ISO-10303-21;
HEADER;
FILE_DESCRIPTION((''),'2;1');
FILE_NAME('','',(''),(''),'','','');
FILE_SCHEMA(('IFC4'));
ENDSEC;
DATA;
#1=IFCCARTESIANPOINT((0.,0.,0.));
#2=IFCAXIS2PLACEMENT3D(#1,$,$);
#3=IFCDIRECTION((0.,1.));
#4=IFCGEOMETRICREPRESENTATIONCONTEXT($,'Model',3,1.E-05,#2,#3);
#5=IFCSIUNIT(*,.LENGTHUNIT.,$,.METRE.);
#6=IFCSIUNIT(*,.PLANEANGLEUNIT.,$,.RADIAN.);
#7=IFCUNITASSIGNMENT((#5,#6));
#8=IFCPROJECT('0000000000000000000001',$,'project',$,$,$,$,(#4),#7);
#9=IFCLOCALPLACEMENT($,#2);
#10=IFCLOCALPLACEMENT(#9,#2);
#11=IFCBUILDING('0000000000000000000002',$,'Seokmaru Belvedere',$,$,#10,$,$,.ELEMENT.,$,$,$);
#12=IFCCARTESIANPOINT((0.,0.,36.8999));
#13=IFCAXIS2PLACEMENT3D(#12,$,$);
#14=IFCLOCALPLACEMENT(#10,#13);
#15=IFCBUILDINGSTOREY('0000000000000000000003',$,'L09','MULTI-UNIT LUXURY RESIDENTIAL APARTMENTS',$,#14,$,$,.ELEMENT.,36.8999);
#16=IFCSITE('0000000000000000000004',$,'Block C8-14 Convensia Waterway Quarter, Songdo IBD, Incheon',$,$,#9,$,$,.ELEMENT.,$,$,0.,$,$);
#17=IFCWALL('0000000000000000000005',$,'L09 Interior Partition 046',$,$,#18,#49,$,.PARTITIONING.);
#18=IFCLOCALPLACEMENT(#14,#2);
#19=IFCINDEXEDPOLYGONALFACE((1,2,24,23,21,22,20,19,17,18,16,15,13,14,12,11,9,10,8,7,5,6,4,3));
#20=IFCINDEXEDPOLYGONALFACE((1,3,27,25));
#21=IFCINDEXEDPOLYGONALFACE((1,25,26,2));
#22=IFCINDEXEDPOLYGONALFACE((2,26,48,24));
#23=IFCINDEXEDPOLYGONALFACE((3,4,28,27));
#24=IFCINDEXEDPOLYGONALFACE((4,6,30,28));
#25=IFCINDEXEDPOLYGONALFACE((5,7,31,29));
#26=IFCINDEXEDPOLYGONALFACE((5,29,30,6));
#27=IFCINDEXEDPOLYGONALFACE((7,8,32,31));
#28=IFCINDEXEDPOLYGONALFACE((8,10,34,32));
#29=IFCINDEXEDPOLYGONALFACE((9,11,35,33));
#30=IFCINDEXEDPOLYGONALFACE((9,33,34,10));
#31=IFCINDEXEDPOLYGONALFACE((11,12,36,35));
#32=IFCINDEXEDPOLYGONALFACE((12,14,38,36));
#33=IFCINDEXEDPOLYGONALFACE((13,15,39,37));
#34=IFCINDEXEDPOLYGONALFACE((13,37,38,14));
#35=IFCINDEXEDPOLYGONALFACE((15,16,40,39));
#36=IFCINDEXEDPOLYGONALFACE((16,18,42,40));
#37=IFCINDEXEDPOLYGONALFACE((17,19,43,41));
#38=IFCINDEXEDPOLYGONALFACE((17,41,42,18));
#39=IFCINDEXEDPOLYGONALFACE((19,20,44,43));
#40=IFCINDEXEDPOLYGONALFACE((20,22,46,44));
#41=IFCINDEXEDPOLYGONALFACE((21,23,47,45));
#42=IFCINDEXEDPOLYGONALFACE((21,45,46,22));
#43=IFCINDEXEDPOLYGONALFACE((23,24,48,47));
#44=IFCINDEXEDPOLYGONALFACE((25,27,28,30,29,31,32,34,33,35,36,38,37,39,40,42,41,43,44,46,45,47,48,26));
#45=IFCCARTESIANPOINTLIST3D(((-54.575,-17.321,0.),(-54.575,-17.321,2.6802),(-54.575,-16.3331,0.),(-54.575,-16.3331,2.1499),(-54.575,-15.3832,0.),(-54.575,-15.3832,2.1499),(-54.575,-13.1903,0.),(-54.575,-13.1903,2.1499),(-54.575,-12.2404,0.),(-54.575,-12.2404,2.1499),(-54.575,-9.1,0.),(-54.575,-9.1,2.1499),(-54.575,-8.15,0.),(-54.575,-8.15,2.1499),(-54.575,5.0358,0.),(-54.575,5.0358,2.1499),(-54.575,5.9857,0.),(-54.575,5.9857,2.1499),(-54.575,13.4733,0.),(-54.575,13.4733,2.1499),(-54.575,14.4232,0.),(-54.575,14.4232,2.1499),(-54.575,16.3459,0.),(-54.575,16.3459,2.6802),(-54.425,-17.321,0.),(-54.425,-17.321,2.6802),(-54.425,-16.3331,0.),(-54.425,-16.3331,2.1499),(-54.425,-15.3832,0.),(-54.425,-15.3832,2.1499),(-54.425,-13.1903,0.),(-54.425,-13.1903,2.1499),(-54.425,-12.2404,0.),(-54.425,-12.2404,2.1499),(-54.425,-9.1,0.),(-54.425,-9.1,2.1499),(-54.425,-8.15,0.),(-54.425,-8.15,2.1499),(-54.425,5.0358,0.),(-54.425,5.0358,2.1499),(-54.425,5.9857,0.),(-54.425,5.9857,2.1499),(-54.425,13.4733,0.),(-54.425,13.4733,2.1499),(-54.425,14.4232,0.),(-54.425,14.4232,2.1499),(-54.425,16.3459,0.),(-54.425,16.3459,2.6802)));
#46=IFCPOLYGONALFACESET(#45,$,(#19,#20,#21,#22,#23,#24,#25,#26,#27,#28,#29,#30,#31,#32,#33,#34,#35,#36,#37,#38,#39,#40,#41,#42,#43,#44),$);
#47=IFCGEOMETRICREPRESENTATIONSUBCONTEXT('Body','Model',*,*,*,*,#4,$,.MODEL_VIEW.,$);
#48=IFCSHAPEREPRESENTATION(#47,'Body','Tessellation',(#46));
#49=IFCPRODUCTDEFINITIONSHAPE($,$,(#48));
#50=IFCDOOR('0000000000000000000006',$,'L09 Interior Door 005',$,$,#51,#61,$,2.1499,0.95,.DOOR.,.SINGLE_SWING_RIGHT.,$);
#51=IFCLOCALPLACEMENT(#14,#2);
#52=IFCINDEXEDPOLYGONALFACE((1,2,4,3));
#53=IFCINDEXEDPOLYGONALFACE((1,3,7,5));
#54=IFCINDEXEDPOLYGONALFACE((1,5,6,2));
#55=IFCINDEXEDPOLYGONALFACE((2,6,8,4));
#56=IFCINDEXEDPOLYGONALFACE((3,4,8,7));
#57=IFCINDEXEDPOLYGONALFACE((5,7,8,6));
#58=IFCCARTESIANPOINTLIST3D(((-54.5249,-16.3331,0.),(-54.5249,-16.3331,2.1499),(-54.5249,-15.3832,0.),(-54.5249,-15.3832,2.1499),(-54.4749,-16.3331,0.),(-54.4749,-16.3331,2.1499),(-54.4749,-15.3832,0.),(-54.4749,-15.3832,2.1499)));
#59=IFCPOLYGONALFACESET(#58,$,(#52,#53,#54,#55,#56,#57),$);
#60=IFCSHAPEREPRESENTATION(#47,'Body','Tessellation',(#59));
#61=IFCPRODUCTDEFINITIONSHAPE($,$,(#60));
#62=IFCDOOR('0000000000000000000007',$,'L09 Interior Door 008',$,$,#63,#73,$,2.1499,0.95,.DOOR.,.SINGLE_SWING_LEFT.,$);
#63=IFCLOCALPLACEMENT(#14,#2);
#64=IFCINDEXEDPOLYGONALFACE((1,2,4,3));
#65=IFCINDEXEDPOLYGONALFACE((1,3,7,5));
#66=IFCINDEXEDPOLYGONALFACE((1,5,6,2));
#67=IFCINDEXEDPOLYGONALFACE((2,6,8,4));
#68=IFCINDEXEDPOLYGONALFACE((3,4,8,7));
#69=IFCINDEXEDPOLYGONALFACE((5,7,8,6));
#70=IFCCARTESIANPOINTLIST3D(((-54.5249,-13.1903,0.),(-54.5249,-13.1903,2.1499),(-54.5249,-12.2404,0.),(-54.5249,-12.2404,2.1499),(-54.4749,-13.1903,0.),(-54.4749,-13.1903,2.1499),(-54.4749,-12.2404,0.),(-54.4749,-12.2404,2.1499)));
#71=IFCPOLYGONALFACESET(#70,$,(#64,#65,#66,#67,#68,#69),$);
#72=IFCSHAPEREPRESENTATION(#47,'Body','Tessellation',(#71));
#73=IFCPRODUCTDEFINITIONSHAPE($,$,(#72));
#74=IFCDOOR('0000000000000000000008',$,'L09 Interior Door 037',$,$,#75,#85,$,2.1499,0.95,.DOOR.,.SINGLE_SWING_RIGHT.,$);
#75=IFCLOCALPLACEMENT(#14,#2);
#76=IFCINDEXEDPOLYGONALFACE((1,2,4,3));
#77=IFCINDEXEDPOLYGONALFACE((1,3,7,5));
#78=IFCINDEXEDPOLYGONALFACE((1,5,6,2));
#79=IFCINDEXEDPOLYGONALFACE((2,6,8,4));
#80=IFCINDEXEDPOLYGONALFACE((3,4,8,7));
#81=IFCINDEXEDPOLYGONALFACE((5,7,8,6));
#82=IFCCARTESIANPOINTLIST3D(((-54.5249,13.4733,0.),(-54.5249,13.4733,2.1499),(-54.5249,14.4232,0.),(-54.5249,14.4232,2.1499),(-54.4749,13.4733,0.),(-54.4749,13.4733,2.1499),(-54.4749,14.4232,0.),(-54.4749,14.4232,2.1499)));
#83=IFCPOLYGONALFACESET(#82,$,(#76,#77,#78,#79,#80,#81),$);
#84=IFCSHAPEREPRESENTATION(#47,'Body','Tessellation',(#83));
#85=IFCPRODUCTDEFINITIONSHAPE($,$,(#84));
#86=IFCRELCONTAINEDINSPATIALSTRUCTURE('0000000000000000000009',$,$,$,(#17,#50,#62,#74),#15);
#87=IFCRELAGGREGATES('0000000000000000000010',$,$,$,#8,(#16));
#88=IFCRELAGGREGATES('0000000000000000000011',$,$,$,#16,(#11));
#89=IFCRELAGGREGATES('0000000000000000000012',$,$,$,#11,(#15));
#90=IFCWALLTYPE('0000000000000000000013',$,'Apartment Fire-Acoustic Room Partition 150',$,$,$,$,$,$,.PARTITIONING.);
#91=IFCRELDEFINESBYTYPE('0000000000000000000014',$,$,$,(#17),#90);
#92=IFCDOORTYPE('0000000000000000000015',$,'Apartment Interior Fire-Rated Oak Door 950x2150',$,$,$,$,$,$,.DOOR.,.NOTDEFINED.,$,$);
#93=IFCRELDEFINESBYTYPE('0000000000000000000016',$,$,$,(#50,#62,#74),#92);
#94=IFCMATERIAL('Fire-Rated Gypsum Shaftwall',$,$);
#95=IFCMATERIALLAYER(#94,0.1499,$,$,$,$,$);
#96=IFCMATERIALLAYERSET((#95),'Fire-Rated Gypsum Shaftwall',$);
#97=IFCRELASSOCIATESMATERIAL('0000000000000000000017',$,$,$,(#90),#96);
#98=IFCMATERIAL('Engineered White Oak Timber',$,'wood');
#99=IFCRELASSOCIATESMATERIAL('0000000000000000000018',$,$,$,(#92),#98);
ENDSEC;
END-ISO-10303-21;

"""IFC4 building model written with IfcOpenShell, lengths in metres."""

from ifc_helpers import new_model, si_unit, direction, frame, frame_2d, origin, place, context, subcontext, project, spatial, rectangle, extrude, source, transform, mapped, material, layer, layer_set, type_object, type_shapes, element, fill, save


model = new_model("IFC4")

# Units and contexts
model_context = context("Model", 3, precision=1e-05, world=origin(), true_north=direction((0.0, 1.0)))
body_context = subcontext(model_context, "Body", "Model", "MODEL_VIEW")
ifc_project = project(units=[si_unit("LENGTHUNIT", "METRE"), si_unit("PLANEANGLEUNIT", "RADIAN")], contexts=[model_context])

# Site, building, storey
site_placement = place(None, origin())
site = spatial("IfcSite", under=ifc_project, at=site_placement, Name="Block C8-14 Convensia Waterway Quarter, Songdo IBD, Incheon", CompositionType="ELEMENT", RefElevation=0.0)
building_placement = place(site_placement, origin())
building = spatial("IfcBuilding", under=site, at=building_placement, Name="Seokmaru Belvedere", CompositionType="ELEMENT")
storey_placement = place(building_placement, frame((0.0, 0.0, 36.8999)))
storey = spatial("IfcBuildingStorey", under=building, at=storey_placement, Name="L09", Description="MULTI-UNIT LUXURY RESIDENTIAL APARTMENTS", CompositionType="ELEMENT", Elevation=36.8999)

# Shared definitions
ifc_material_1 = material(Name="Fire-Rated Gypsum Shaftwall")
ifc_layer_1 = layer(ifc_material_1, 0.1499)
ifc_layer_set_1 = layer_set([ifc_layer_1], Name="Fire-Rated Gypsum Shaftwall")
wall_type = type_object("IfcWallType", Name="Apartment Fire-Acoustic Room Partition 150", PredefinedType="PARTITIONING", material=ifc_layer_set_1)
ifc_material_2 = material(Name="Engineered White Oak Timber", Category="wood")
door_type = type_object("IfcDoorType", Name="Apartment Interior Fire-Rated Oak Door 950x2150", OperationType="NOTDEFINED", PredefinedType="DOOR", material=ifc_material_2)
shared_shape_1 = source(origin(), body_context, "Body", "SweptSolid", [
    extrude(rectangle(XDim=0.95, YDim=2.1499, at=frame_2d((0.4751, 1.075))), frame((0.0, 0.0249, 0.0), z_axis=(0.0, -1.0, 0.0), x_axis=(1.0, 0.0, 0.0)), (0.0, 0.0, 1.0), 0.05),
])
type_shapes(door_type, [shared_shape_1])

# Wall, openings, doors
wall_1_placement = place(storey_placement, frame((-54.5, -17.321, 0.0), z_axis=(0.0, 0.0, 1.0), x_axis=(0.0, 1.0, 0.0)))
wall_1 = element("IfcWall", 1, at=wall_1_placement, inside=storey, type_object=wall_type, Name="L09 Interior Partition 046", PredefinedType="PARTITIONING", context=body_context, shape_type="SweptSolid", body=[
    extrude(rectangle(XDim=33.667, YDim=0.1499, at=frame_2d((16.8335, 0.0))), origin(), (0.0, 0.0, 1.0), 2.6802),
])
opening_1_placement = place(wall_1_placement, frame((0.9878, 0.0, 0.0)))
opening_1 = element("IfcOpeningElement", 2, at=opening_1_placement, cuts=wall_1, PredefinedType="OPENING", context=body_context, shape_type="SweptSolid", body=[
    extrude(rectangle(XDim=0.95, YDim=2.1499, at=frame_2d((0.4751, 1.075))), frame((0.0, 0.085, 0.0), z_axis=(0.0, -1.0, 0.0), x_axis=(1.0, 0.0, 0.0)), (0.0, 0.0, 1.0), 0.1699),
])
opening_2_placement = place(wall_1_placement, frame((4.1306, 0.0, 0.0)))
opening_2 = element("IfcOpeningElement", 3, at=opening_2_placement, cuts=wall_1, PredefinedType="OPENING", context=body_context, shape_type="SweptSolid", body=[
    extrude(rectangle(XDim=0.95, YDim=2.1499, at=frame_2d((0.4751, 1.075))), frame((0.0, 0.085, 0.0), z_axis=(0.0, -1.0, 0.0), x_axis=(1.0, 0.0, 0.0)), (0.0, 0.0, 1.0), 0.1699),
])
opening_3_placement = place(wall_1_placement, frame((8.2209, 0.0, 0.0)))
element("IfcOpeningElement", 4, at=opening_3_placement, cuts=wall_1, PredefinedType="OPENING", context=body_context, shape_type="SweptSolid", body=[
    extrude(rectangle(XDim=0.95, YDim=2.1499, at=frame_2d((0.4751, 1.075))), frame((0.0, 0.085, 0.0), z_axis=(0.0, -1.0, 0.0), x_axis=(1.0, 0.0, 0.0)), (0.0, 0.0, 1.0), 0.1699),
])
opening_4_placement = place(wall_1_placement, frame((22.3567, 0.0, 0.0)))
element("IfcOpeningElement", 5, at=opening_4_placement, cuts=wall_1, PredefinedType="OPENING", context=body_context, shape_type="SweptSolid", body=[
    extrude(rectangle(XDim=0.95, YDim=2.1499, at=frame_2d((0.4751, 1.075))), frame((0.0, 0.085, 0.0), z_axis=(0.0, -1.0, 0.0), x_axis=(1.0, 0.0, 0.0)), (0.0, 0.0, 1.0), 0.1699),
])
opening_5_placement = place(wall_1_placement, frame((30.7942, 0.0, 0.0)))
opening_5 = element("IfcOpeningElement", 6, at=opening_5_placement, cuts=wall_1, PredefinedType="OPENING", context=body_context, shape_type="SweptSolid", body=[
    extrude(rectangle(XDim=0.95, YDim=2.1499, at=frame_2d((0.4751, 1.075))), frame((0.0, 0.085, 0.0), z_axis=(0.0, -1.0, 0.0), x_axis=(1.0, 0.0, 0.0)), (0.0, 0.0, 1.0), 0.1699),
])
door_1_placement = place(opening_1_placement, origin())
door_1 = element("IfcDoor", 7, at=door_1_placement, inside=storey, type_object=door_type, Name="L09 Interior Door 005", OperationType="SINGLE_SWING_RIGHT", OverallHeight=2.1499, OverallWidth=0.95, PredefinedType="DOOR", context=body_context, shape_type="MappedRepresentation", body=[
    mapped(shared_shape_1, transform((0.0, 0.0, 0.0), scale=1.0)),
])
fill(opening_1, door_1)
door_2_placement = place(opening_2_placement, origin())
door_2 = element("IfcDoor", 8, at=door_2_placement, inside=storey, type_object=door_type, Name="L09 Interior Door 008", OperationType="SINGLE_SWING_LEFT", OverallHeight=2.1499, OverallWidth=0.95, PredefinedType="DOOR", context=body_context, shape_type="MappedRepresentation", body=[
    mapped(shared_shape_1, transform((0.0, 0.0, 0.0), scale=1.0)),
])
fill(opening_2, door_2)
door_3_placement = place(opening_5_placement, origin())
door_3 = element("IfcDoor", 9, at=door_3_placement, inside=storey, type_object=door_type, Name="L09 Interior Door 037", OperationType="SINGLE_SWING_RIGHT", OverallHeight=2.1499, OverallWidth=0.95, PredefinedType="DOOR", context=body_context, shape_type="MappedRepresentation", body=[
    mapped(shared_shape_1, transform((0.0, 0.0, 0.0), scale=1.0)),
])
fill(opening_5, door_3)

save(model, "model.ifc")
